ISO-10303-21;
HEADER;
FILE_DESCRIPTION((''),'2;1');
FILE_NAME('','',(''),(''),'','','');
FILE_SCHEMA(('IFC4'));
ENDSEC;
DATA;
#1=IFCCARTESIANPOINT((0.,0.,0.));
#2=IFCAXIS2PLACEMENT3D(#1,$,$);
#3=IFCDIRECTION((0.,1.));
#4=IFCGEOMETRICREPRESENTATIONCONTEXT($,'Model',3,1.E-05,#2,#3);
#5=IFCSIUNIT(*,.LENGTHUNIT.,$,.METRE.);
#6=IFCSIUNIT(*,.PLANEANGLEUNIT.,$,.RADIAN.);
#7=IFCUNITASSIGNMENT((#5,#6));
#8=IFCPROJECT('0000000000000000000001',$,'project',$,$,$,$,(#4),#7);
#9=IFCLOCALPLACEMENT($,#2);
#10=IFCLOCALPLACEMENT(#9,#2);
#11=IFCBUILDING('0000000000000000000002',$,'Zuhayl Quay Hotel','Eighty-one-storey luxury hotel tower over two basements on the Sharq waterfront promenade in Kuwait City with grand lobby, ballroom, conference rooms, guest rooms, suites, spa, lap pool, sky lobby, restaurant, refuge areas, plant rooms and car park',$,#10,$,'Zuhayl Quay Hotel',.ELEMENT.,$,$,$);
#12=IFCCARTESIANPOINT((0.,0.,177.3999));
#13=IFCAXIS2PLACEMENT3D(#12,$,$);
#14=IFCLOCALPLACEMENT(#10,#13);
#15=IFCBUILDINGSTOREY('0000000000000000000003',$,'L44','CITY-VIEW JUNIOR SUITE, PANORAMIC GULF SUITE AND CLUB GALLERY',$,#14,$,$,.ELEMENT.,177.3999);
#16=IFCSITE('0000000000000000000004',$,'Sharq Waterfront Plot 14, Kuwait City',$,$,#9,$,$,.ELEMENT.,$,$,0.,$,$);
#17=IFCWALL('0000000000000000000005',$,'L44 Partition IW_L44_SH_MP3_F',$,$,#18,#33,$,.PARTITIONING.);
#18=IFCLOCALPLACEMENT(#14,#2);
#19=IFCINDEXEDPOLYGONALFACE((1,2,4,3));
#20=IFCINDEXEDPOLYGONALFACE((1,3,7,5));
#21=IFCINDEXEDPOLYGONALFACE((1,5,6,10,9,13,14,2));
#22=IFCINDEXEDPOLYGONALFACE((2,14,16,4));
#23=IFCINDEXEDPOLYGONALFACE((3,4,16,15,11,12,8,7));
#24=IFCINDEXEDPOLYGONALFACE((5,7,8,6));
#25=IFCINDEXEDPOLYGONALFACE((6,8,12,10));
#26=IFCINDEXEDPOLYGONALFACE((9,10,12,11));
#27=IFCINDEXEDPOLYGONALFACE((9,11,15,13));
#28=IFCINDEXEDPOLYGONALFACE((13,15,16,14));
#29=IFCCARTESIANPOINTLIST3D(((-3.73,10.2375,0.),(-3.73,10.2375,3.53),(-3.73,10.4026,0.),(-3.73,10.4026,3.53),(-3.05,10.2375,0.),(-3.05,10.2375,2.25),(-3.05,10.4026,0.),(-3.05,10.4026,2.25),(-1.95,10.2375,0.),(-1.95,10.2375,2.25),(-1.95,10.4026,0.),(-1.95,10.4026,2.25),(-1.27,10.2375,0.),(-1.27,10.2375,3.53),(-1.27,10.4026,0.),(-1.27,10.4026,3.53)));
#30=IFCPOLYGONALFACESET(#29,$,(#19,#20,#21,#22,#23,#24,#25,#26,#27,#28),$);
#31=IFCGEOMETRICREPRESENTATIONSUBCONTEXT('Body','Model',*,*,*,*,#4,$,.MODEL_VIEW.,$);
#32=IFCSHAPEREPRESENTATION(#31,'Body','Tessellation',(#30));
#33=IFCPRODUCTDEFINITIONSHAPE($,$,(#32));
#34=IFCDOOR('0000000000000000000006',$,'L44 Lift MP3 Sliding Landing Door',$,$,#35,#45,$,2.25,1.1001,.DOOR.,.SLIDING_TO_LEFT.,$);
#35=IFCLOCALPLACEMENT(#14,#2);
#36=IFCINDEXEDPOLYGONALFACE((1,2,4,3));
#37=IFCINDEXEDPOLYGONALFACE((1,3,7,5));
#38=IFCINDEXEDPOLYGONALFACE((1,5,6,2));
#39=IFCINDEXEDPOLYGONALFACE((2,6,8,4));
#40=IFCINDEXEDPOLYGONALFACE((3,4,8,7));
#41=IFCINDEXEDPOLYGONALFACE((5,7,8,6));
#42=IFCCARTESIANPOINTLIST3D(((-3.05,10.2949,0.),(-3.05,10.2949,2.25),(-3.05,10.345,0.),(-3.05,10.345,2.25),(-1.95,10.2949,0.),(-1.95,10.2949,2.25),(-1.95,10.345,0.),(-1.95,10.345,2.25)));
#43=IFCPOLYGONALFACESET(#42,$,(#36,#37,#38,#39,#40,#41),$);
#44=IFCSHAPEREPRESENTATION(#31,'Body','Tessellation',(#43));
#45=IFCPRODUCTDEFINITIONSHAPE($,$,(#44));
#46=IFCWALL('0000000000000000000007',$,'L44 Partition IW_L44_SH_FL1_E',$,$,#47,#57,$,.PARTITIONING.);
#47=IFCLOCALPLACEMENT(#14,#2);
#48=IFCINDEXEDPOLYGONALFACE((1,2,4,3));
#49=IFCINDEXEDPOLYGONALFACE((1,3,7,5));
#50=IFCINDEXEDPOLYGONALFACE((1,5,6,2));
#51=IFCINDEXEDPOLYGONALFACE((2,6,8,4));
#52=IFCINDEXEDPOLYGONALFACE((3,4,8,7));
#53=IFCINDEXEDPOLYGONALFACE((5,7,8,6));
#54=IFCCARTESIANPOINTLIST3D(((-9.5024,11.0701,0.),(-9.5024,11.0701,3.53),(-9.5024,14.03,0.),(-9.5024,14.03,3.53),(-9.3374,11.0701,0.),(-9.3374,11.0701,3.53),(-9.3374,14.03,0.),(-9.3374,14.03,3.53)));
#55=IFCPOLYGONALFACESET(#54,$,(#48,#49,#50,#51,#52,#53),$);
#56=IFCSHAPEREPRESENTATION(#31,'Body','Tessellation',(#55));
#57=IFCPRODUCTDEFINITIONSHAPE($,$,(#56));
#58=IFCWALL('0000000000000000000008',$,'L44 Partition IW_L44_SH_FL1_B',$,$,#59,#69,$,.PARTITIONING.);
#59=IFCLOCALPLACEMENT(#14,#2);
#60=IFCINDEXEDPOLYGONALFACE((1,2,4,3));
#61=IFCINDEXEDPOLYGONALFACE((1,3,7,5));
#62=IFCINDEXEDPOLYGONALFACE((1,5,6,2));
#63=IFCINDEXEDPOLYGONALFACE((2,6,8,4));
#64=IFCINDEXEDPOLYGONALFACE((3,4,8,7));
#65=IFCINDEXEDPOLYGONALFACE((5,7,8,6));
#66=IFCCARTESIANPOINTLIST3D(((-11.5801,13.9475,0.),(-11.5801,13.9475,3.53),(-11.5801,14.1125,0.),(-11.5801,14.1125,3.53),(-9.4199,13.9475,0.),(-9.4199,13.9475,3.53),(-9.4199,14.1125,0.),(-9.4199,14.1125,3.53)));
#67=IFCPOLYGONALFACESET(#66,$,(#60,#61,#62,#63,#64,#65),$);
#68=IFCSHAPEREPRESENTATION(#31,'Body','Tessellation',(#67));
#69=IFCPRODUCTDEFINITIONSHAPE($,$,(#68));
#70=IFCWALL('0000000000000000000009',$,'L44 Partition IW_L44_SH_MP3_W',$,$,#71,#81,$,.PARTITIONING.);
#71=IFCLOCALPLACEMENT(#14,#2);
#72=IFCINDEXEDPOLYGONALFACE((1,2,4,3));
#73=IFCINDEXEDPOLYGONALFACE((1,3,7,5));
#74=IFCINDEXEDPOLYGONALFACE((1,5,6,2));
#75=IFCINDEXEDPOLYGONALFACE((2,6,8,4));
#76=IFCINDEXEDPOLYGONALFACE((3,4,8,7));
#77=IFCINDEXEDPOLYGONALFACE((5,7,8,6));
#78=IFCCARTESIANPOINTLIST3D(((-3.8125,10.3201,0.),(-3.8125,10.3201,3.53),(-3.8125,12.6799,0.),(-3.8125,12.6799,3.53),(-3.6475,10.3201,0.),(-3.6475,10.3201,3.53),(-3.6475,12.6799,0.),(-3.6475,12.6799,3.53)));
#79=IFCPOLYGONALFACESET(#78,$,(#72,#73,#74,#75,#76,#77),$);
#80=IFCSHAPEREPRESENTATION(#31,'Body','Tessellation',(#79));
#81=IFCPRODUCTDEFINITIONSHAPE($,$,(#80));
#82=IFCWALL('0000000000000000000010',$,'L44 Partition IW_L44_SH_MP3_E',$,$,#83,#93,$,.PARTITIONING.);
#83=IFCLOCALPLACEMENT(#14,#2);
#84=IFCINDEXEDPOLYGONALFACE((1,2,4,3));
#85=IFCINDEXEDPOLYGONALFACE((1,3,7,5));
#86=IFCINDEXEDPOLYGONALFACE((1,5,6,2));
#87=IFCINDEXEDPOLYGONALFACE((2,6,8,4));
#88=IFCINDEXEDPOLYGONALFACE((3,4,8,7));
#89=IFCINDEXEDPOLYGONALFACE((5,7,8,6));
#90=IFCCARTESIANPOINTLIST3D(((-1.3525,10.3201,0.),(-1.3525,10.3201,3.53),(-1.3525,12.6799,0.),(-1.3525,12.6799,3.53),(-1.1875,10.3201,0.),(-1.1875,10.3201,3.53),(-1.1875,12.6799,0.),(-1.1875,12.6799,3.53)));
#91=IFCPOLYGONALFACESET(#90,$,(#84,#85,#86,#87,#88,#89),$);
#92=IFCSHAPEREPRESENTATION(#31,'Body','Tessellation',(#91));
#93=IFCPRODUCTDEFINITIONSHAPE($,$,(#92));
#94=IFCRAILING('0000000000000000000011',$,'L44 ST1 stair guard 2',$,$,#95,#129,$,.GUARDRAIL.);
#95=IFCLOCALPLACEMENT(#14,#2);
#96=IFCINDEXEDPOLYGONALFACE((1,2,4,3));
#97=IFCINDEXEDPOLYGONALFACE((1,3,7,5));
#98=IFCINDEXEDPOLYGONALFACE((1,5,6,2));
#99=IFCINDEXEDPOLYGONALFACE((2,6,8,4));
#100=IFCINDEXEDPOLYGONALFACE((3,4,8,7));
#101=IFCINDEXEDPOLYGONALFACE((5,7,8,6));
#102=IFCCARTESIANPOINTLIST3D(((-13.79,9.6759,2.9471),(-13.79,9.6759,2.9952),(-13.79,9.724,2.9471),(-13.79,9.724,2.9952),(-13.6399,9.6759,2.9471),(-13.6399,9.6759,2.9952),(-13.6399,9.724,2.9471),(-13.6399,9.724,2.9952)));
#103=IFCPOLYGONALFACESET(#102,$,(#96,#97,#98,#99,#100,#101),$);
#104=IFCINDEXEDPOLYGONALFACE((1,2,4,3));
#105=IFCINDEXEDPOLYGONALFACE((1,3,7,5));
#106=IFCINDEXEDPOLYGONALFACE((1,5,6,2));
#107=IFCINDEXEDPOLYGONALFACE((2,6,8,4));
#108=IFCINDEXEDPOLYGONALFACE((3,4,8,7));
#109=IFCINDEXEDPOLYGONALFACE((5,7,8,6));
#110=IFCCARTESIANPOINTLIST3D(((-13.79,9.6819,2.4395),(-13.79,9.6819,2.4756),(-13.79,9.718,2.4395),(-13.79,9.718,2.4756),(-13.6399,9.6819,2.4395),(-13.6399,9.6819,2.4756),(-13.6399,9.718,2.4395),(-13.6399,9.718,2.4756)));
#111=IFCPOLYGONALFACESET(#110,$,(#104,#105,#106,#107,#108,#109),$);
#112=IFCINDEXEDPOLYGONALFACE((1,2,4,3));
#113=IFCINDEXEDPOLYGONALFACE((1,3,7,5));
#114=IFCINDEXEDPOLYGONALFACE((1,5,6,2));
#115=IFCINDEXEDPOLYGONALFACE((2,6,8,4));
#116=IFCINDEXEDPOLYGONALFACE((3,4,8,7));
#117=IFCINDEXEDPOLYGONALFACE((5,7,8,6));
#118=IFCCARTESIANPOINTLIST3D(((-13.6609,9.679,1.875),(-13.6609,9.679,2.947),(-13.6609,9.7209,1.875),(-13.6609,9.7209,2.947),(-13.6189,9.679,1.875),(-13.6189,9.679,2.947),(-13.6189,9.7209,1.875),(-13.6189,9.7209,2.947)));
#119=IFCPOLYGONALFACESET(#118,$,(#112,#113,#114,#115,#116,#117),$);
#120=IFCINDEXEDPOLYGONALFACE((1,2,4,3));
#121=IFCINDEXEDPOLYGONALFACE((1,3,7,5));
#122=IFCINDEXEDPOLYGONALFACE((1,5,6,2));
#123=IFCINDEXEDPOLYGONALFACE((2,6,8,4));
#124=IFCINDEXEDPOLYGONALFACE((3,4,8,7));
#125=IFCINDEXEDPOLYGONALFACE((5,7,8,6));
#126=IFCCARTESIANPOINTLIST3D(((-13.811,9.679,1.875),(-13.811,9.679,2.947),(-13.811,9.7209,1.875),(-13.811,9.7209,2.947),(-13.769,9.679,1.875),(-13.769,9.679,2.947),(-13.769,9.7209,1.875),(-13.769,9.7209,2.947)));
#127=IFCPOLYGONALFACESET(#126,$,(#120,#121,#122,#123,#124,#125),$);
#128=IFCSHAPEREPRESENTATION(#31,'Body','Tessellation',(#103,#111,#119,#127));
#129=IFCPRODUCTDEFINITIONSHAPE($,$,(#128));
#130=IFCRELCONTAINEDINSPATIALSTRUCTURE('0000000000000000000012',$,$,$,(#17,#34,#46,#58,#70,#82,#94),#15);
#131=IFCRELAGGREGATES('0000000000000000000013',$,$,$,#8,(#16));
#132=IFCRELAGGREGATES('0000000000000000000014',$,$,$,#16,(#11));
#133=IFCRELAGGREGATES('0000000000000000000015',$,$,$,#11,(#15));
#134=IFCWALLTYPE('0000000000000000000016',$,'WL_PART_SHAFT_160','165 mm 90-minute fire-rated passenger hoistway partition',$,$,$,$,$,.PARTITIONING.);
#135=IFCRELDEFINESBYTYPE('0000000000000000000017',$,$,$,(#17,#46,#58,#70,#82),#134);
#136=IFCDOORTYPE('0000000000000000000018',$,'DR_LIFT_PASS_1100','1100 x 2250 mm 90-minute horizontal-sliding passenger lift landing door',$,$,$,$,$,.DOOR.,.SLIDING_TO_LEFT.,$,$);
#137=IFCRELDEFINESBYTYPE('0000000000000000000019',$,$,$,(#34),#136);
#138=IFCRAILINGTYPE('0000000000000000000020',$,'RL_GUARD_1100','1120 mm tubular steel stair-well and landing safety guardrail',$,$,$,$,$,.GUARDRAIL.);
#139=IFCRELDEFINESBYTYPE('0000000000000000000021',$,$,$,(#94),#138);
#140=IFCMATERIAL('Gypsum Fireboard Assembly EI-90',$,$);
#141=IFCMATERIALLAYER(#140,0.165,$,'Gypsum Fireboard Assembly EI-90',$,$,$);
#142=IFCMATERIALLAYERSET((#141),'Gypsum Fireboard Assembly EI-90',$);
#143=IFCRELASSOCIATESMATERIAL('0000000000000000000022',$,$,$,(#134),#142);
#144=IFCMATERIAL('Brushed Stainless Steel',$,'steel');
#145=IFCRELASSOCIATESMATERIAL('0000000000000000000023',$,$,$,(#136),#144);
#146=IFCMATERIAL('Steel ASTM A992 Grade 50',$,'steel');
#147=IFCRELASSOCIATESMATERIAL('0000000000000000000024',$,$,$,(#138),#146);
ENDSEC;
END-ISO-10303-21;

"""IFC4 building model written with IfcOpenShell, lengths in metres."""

from ifc_helpers import new_model, si_unit, direction, frame, frame_2d, origin, origin_2d, place, context, subcontext, project, spatial, rectangle, extrude, material, layer, layer_set, type_object, element, fill, save


model = new_model("IFC4")

# Units and contexts
model_context = context("Model", 3, precision=1e-05, world=origin(), true_north=direction((0.0, 1.0)))
body_context = subcontext(model_context, "Body", "Model", "MODEL_VIEW")
ifc_project = project(units=[si_unit("LENGTHUNIT", "METRE"), si_unit("PLANEANGLEUNIT", "RADIAN")], contexts=[model_context])

# Site, building, storey
site_placement = place(None, origin())
site = spatial("IfcSite", under=ifc_project, at=site_placement, Name="Sharq Waterfront Plot 14, Kuwait City", CompositionType="ELEMENT", RefElevation=0.0)
building_placement = place(site_placement, origin())
building = spatial("IfcBuilding", under=site, at=building_placement, Name="Zuhayl Quay Hotel", Description="Eighty-one-storey luxury hotel tower over two basements on the Sharq waterfront promenade in Kuwait City with grand lobby, ballroom, conference rooms, guest rooms, suites, spa, lap pool, sky lobby, restaurant, refuge areas, plant rooms and car park", LongName="Zuhayl Quay Hotel", CompositionType="ELEMENT")
storey_placement = place(building_placement, frame((0.0, 0.0, 177.3999)))
storey = spatial("IfcBuildingStorey", under=building, at=storey_placement, Name="L44", Description="CITY-VIEW JUNIOR SUITE, PANORAMIC GULF SUITE AND CLUB GALLERY", CompositionType="ELEMENT", Elevation=177.3999)

# Shared definitions
ifc_material_1 = material(Name="Steel ASTM A992 Grade 50", Category="steel")

# Wall, opening, door
ifc_material_2 = material(Name="Gypsum Fireboard Assembly EI-90")
ifc_layer_1 = layer(ifc_material_2, 0.165, Name="Gypsum Fireboard Assembly EI-90")
ifc_layer_set_1 = layer_set([ifc_layer_1], Name="Gypsum Fireboard Assembly EI-90")
wall_type_1 = type_object("IfcWallType", Name="WL_PART_SHAFT_160", Description="165 mm 90-minute fire-rated passenger hoistway partition", PredefinedType="PARTITIONING", material=ifc_layer_set_1)
ifc_material_3 = material(Name="Brushed Stainless Steel", Category="steel")
wall_1_placement = place(storey_placement, frame((-3.73, 10.3201, 0.0), z_axis=(0.0, 0.0, 1.0), x_axis=(1.0, 0.0, 0.0)))
wall_1 = element("IfcWall", 1, at=wall_1_placement, inside=storey, type_object=wall_type_1, Name="L44 Partition IW_L44_SH_MP3_F", PredefinedType="PARTITIONING", context=body_context, shape_type="SweptSolid", body=[
    extrude(rectangle(XDim=2.46, YDim=0.165, at=frame_2d((1.23, 0.0))), origin(), (0.0, 0.0, 1.0), 3.53),
])
opening_1_placement = place(wall_1_placement, frame((0.6799, 0.0, 0.0)))
opening_1 = element("IfcOpeningElement", 2, at=opening_1_placement, cuts=wall_1, PredefinedType="OPENING", context=body_context, shape_type="SweptSolid", body=[
    extrude(rectangle(XDim=1.1001, YDim=2.25, at=frame_2d((0.55, 1.125))), frame((0.0, 0.0925, 0.0), z_axis=(0.0, -1.0, 0.0), x_axis=(1.0, 0.0, 0.0)), (0.0, 0.0, 1.0), 0.1851),
])
door_type_1 = type_object("IfcDoorType", Name="DR_LIFT_PASS_1100", Description="1100 x 2250 mm 90-minute horizontal-sliding passenger lift landing door", OperationType="SLIDING_TO_LEFT", PredefinedType="DOOR", material=ifc_material_3)
door_1_placement = place(opening_1_placement, origin())
door_1 = element("IfcDoor", 3, at=door_1_placement, inside=storey, type_object=door_type_1, Name="L44 Lift MP3 Sliding Landing Door", OperationType="SLIDING_TO_LEFT", OverallHeight=2.25, OverallWidth=1.1001, PredefinedType="DOOR", context=body_context, shape_type="SweptSolid", body=[
    extrude(rectangle(XDim=1.1001, YDim=2.25, at=frame_2d((0.55, 1.125))), frame((0.0, 0.0249, 0.0), z_axis=(0.0, -1.0, 0.0), x_axis=(1.0, 0.0, 0.0)), (0.0, 0.0, 1.0), 0.05),
])
fill(opening_1, door_1)

# Walls
wall_2_placement = place(storey_placement, frame((-9.4199, 11.0701, 0.0), z_axis=(0.0, 0.0, 1.0), x_axis=(0.0, 1.0, 0.0)))
element("IfcWall", 4, at=wall_2_placement, inside=storey, type_object=wall_type_1, Name="L44 Partition IW_L44_SH_FL1_E", PredefinedType="PARTITIONING", context=body_context, shape_type="SweptSolid", body=[
    extrude(rectangle(XDim=2.96, YDim=0.165, at=frame_2d((1.48, 0.0))), origin(), (0.0, 0.0, 1.0), 3.53),
])
wall_3_placement = place(storey_placement, frame((-11.5801, 14.03, 0.0), z_axis=(0.0, 0.0, 1.0), x_axis=(1.0, 0.0, 0.0)))
element("IfcWall", 5, at=wall_3_placement, inside=storey, type_object=wall_type_1, Name="L44 Partition IW_L44_SH_FL1_B", PredefinedType="PARTITIONING", context=body_context, shape_type="SweptSolid", body=[
    extrude(rectangle(XDim=2.1602, YDim=0.165, at=frame_2d((1.0801, 0.0))), origin(), (0.0, 0.0, 1.0), 3.53),
])
for number, where, z_axis, x_axis, name in (
    (6, (-3.73, 10.3201, 0.0), (0.0, 0.0, 1.0), (0.0, 1.0, 0.0), "L44 Partition IW_L44_SH_MP3_W"),
    (7, (-1.27, 10.3201, 0.0), (0.0, 0.0, 1.0), (0.0, 1.0, 0.0), "L44 Partition IW_L44_SH_MP3_E"),
):
    element("IfcWall", number, at=place(storey_placement, frame(where, z_axis=z_axis, x_axis=x_axis)), inside=storey, type_object=wall_type_1, Name=name, PredefinedType="PARTITIONING", context=body_context, shape_type="SweptSolid", body=[
        extrude(rectangle(XDim=2.3599, YDim=0.165, at=frame_2d((1.1799, 0.0))), origin(), (0.0, 0.0, 1.0), 3.53),
    ])

# Railing
railing_type = type_object("IfcRailingType", Name="RL_GUARD_1100", Description="1120 mm tubular steel stair-well and landing safety guardrail", PredefinedType="GUARDRAIL", material=ifc_material_1)
railing_placement = place(storey_placement, frame((-13.6399, 9.7, 1.875)))
element("IfcRailing", 8, at=railing_placement, inside=storey, type_object=railing_type, Name="L44 ST1 stair guard 2", PredefinedType="GUARDRAIL", context=body_context, shape_type="SweptSolid", body=[
    extrude(rectangle(XDim=0.0481, YDim=0.0481, at=origin_2d()), frame((0.0, 0.0, 1.0962), z_axis=(-1.0, 0.0, 0.0), x_axis=(0.0, -1.0, 0.0)), (0.0, 0.0, 1.0), 0.1501),
    extrude(rectangle(XDim=0.0361, YDim=0.0361, at=origin_2d()), frame((0.0, 0.0, 0.5825), z_axis=(-1.0, 0.0, 0.0), x_axis=(0.0, -1.0, 0.0)), (0.0, 0.0, 1.0), 0.1501),
    extrude(rectangle(XDim=0.042, YDim=0.042, at=origin_2d()), origin(), (0.0, 0.0, 1.0), 1.072),
    extrude(rectangle(XDim=0.042, YDim=0.042, at=origin_2d()), frame((-0.1501, 0.0, 0.0)), (0.0, 0.0, 1.0), 1.072),
])

save(model, "model.ifc")
